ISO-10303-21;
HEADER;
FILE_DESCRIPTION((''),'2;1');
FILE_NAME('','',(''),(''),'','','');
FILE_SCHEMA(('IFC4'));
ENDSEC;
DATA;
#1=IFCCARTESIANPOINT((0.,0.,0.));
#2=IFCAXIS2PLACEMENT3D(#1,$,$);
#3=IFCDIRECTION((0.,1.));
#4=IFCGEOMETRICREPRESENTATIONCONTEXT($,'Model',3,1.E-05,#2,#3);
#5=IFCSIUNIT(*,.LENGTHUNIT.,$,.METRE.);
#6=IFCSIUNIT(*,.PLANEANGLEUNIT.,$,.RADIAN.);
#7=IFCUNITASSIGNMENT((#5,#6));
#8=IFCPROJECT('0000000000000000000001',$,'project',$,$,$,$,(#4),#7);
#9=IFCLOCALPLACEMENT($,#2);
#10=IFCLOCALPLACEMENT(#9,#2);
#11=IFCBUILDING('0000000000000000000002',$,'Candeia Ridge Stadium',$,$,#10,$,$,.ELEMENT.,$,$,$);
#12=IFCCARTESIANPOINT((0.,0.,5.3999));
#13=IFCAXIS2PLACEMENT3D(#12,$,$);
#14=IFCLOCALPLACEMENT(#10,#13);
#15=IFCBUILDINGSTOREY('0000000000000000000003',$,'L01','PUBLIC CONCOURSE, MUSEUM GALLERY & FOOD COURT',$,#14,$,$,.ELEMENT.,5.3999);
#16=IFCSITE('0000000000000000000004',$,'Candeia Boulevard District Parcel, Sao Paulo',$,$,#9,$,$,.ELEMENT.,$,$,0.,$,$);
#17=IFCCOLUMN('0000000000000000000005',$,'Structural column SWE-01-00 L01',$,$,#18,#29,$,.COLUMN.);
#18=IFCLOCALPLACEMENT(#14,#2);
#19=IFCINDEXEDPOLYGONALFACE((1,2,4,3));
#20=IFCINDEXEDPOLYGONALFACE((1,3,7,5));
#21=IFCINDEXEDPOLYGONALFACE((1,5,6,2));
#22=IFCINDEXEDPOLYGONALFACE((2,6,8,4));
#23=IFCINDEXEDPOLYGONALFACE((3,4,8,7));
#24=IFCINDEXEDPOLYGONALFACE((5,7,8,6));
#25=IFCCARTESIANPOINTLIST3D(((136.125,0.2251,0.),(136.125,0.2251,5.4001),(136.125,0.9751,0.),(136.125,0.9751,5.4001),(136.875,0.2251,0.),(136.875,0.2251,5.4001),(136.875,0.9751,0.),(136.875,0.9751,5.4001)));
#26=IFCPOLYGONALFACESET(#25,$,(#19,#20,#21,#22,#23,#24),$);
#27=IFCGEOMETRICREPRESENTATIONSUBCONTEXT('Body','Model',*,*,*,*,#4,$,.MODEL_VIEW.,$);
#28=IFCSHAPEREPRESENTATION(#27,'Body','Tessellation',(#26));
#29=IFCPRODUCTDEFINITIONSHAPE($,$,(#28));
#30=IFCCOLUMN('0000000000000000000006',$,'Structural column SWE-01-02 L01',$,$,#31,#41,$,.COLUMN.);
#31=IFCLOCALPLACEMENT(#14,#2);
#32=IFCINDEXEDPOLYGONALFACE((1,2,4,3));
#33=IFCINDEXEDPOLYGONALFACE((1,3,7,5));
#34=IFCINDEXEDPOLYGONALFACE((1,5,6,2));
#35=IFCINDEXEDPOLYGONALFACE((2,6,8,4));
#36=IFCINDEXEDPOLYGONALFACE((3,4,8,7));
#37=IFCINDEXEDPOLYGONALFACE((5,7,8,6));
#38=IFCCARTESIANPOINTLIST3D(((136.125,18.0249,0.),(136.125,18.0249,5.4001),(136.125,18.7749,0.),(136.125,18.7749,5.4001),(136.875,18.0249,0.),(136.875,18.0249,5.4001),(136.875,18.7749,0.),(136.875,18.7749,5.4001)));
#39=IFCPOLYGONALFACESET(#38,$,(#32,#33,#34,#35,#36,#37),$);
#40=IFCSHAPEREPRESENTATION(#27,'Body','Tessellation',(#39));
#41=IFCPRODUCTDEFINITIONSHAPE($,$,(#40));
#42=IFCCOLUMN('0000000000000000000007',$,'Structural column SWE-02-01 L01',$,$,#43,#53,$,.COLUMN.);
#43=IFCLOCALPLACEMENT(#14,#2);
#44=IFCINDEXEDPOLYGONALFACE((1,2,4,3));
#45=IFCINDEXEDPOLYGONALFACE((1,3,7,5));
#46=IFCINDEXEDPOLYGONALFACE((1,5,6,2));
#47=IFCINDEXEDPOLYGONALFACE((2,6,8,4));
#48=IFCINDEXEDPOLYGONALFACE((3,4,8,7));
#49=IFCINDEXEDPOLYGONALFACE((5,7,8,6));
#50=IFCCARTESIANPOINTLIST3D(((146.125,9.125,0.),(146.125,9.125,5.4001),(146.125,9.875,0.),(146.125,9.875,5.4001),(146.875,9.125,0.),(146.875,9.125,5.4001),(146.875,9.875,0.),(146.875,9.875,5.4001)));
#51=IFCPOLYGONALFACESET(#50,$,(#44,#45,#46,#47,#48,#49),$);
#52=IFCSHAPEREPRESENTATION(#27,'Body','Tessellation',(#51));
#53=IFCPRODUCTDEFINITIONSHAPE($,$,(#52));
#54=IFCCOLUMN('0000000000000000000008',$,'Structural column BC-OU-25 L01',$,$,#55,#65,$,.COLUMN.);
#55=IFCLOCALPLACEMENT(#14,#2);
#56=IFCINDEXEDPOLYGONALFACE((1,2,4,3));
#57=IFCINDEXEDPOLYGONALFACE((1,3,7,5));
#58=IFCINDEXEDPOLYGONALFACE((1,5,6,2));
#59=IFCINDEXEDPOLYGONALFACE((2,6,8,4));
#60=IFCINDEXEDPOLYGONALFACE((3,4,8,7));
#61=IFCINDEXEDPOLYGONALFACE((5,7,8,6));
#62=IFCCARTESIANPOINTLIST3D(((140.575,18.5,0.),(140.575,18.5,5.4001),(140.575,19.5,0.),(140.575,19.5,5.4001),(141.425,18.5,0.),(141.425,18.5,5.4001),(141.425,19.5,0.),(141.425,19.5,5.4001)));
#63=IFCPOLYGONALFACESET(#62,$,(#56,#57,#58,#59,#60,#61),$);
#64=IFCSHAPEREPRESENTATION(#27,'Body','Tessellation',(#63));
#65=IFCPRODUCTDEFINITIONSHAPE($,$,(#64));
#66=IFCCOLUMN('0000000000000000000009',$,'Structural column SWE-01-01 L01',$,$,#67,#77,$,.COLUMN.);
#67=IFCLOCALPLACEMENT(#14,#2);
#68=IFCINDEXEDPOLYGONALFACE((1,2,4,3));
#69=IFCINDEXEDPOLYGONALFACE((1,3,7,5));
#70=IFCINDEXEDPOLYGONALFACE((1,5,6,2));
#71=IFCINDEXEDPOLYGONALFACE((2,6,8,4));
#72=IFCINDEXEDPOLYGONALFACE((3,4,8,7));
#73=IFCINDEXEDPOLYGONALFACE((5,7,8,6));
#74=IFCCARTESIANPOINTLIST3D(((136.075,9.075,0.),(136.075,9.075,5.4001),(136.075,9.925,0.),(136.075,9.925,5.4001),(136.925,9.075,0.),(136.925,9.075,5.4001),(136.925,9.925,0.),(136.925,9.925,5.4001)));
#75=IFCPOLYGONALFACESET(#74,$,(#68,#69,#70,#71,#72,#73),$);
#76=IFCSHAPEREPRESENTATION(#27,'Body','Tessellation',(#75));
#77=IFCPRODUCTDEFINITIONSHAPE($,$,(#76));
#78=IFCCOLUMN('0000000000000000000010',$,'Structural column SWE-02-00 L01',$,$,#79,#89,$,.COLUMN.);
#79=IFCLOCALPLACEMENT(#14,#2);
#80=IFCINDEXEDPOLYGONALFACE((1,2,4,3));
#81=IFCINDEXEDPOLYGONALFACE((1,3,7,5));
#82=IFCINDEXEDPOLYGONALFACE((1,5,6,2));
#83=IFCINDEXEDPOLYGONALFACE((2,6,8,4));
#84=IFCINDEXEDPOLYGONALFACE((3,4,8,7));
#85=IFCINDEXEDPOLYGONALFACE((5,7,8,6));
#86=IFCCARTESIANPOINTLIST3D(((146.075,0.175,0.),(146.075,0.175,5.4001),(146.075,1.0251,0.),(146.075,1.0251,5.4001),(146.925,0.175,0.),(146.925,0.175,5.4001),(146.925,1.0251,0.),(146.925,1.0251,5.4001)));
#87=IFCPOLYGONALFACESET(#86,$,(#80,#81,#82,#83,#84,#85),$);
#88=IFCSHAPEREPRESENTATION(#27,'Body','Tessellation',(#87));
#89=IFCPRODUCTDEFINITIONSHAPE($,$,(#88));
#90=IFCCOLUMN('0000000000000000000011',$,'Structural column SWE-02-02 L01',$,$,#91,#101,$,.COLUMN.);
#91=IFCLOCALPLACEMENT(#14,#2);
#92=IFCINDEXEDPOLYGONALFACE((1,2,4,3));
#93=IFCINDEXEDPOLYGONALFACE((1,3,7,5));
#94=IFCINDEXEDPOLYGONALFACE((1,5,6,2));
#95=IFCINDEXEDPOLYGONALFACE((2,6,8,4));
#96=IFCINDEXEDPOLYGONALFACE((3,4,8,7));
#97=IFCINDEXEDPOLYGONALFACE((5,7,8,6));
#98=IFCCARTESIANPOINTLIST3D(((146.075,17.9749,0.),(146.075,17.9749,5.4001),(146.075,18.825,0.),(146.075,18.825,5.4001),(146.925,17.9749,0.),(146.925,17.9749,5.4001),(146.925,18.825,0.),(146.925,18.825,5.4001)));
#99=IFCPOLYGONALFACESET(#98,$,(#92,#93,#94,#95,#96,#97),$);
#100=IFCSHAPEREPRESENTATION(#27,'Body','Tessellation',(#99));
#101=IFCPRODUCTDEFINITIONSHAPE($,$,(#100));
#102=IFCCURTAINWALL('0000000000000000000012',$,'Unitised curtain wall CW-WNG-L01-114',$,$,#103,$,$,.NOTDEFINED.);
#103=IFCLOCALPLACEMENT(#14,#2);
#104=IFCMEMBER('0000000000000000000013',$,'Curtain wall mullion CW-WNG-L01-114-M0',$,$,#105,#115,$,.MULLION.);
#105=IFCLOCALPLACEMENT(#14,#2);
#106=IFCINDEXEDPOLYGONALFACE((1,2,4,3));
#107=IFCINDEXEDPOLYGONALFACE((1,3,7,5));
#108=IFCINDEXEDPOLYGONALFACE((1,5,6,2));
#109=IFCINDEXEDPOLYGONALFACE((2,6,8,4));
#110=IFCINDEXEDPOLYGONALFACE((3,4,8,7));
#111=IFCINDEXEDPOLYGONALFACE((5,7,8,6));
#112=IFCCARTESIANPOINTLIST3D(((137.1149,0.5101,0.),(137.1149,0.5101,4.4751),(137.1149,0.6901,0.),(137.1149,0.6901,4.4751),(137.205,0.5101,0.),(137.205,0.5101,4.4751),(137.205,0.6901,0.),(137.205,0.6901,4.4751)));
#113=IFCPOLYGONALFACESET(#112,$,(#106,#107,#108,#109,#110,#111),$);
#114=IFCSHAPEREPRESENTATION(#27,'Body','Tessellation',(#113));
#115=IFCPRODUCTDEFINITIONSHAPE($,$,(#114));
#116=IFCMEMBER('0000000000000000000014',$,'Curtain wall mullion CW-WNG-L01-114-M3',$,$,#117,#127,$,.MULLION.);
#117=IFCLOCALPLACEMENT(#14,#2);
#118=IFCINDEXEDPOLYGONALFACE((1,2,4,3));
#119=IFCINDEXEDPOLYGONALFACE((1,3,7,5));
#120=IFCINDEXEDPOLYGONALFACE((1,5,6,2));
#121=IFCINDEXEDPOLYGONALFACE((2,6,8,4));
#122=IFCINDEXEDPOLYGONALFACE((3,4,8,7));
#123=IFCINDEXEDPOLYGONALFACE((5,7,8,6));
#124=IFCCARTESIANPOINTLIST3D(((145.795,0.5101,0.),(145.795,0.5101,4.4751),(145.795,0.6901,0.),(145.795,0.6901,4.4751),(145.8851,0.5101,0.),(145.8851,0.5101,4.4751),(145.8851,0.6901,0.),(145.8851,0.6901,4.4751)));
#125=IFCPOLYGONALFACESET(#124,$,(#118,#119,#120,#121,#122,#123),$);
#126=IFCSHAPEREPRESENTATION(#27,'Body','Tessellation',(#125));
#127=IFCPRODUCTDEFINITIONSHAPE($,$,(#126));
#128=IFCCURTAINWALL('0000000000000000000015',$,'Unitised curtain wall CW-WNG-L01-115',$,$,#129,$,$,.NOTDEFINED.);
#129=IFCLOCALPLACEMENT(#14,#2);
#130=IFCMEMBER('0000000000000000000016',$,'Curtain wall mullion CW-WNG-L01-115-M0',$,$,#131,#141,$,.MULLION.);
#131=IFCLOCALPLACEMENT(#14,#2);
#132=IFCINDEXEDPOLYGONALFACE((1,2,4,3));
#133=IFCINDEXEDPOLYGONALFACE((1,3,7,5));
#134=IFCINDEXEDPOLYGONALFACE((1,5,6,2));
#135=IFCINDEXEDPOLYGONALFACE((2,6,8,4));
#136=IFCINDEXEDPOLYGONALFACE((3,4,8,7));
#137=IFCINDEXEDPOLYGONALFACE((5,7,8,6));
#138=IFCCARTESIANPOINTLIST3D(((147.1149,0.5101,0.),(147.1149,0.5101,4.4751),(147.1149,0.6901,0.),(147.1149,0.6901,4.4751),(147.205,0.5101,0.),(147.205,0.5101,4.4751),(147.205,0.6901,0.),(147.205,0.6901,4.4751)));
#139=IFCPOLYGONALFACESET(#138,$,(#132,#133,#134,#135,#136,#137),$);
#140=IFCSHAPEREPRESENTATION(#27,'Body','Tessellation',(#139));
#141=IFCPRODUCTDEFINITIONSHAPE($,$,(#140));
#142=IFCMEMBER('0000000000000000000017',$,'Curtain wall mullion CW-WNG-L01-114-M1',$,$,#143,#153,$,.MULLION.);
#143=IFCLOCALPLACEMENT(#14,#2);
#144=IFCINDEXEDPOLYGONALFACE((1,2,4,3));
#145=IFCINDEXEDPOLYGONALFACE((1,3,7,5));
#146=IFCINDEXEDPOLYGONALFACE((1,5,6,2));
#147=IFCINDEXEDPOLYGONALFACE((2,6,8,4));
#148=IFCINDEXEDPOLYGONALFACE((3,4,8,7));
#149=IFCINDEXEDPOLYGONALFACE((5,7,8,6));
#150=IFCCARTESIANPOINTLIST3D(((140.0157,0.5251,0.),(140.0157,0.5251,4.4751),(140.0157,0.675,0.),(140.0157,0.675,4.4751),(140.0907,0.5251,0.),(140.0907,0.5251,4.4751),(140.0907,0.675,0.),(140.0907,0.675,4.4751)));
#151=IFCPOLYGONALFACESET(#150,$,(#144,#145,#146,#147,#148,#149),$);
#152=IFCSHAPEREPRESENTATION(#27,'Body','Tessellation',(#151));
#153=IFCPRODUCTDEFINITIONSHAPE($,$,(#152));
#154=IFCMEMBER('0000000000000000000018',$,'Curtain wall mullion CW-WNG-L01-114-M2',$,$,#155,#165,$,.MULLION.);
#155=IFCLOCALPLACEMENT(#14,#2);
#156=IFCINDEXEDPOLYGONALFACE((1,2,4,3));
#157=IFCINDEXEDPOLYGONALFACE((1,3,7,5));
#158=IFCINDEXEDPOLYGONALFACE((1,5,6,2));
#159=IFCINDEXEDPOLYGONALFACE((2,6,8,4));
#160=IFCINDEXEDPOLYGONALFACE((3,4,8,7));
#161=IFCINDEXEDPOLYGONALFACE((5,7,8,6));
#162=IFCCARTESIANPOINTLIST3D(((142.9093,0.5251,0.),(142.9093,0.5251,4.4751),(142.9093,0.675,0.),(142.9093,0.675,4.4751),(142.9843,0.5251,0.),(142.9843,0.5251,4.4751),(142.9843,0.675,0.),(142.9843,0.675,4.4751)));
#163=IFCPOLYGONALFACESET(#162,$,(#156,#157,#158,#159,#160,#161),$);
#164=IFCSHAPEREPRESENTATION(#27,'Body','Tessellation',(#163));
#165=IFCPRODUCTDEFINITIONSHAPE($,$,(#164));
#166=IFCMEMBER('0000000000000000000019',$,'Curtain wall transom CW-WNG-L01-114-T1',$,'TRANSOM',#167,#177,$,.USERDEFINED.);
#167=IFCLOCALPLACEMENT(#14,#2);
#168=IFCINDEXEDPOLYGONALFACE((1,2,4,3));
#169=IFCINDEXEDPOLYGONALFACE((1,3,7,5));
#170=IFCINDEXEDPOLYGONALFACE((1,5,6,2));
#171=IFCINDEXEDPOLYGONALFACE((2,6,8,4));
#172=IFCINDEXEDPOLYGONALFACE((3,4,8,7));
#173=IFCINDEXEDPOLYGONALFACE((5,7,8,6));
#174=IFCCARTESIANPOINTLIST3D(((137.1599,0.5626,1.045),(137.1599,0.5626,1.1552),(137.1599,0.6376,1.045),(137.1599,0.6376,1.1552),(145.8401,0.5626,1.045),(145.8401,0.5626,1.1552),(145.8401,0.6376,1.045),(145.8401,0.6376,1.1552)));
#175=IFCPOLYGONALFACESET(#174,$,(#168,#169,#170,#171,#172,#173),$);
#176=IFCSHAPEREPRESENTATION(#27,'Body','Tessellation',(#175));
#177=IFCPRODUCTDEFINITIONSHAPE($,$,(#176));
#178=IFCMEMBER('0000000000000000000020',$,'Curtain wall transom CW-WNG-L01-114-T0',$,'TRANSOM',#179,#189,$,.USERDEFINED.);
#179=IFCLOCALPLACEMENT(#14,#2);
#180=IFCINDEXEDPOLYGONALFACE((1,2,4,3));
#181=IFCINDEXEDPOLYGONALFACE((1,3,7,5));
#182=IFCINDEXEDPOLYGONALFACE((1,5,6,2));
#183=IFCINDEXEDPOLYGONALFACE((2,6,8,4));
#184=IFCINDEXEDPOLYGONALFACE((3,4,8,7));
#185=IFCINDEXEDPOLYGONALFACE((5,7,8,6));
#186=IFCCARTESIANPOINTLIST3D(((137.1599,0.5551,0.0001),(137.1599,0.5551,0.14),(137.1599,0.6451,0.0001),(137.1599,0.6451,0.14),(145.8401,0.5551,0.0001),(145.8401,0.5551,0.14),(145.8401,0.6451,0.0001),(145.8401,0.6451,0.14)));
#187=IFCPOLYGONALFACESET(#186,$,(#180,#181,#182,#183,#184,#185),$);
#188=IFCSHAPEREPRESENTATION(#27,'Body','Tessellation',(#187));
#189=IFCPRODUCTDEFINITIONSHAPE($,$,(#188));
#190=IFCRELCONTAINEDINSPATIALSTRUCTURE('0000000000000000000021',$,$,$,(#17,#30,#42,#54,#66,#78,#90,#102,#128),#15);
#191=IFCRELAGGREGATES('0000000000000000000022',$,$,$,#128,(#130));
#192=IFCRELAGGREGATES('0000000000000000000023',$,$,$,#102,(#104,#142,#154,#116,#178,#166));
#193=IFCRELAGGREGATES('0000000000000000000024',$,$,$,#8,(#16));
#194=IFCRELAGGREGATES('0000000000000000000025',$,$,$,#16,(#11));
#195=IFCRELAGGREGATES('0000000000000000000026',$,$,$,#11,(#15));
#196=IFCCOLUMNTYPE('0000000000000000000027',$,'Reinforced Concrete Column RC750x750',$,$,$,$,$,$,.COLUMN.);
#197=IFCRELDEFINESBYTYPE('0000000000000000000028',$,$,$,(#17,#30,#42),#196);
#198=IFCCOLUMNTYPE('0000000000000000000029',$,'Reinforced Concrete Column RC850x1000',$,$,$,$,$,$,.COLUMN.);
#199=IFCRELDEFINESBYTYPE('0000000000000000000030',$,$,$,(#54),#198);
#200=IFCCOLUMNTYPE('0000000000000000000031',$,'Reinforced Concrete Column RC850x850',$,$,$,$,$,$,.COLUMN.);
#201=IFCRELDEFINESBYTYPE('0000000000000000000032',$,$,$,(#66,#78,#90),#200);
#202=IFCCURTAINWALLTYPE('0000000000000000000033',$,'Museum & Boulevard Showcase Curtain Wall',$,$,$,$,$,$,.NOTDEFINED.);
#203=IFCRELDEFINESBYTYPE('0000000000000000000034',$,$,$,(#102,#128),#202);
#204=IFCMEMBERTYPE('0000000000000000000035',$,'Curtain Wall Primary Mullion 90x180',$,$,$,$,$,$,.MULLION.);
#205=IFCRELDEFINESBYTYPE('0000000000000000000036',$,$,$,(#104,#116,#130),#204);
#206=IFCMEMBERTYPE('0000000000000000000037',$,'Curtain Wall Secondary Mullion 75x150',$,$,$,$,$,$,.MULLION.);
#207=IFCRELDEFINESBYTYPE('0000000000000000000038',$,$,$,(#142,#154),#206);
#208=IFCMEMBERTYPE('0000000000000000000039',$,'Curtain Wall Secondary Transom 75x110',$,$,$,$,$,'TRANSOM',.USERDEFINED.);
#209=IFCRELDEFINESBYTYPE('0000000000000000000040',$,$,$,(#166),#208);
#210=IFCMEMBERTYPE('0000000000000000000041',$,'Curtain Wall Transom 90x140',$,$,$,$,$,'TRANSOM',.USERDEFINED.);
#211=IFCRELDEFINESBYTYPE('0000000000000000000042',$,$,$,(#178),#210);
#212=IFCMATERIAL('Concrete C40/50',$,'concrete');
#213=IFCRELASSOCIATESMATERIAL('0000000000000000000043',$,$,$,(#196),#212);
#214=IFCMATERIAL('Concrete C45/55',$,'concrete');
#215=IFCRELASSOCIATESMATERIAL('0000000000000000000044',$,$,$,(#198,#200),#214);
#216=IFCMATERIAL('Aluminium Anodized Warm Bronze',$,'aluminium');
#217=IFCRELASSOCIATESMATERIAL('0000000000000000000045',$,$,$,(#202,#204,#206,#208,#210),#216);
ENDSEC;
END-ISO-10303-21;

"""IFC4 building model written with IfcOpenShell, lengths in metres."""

from ifc_helpers import new_model, si_unit, direction, frame, origin, origin_2d, place, context, subcontext, project, spatial, rectangle, extrude, material, material_profile, profile_set, type_object, element, aggregate, save


model = new_model("IFC4")

# Units and contexts
model_context = context("Model", 3, precision=1e-05, world=origin(), true_north=direction((0.0, 1.0)))
body_context = subcontext(model_context, "Body", "Model", "MODEL_VIEW")
ifc_project = project(units=[si_unit("LENGTHUNIT", "METRE"), si_unit("PLANEANGLEUNIT", "RADIAN")], contexts=[model_context])

# Site, building, storey
site_placement = place(None, origin())
site = spatial("IfcSite", under=ifc_project, at=site_placement, Name="Candeia Boulevard District Parcel, Sao Paulo", CompositionType="ELEMENT", RefElevation=0.0)
building_placement = place(site_placement, origin())
building = spatial("IfcBuilding", under=site, at=building_placement, Name="Candeia Ridge Stadium", CompositionType="ELEMENT")
storey_placement = place(building_placement, frame((0.0, 0.0, 5.3999)))
storey = spatial("IfcBuildingStorey", under=building, at=storey_placement, Name="L01", Description="PUBLIC CONCOURSE, MUSEUM GALLERY & FOOD COURT", CompositionType="ELEMENT", Elevation=5.3999)

# Columns
ifc_material_1 = material(Name="Concrete C40/50", Category="concrete")
ifc_material_profile_1 = material_profile(ifc_material_1, rectangle(XDim=0.75, YDim=0.75, at=origin_2d()), Name="RC750x750", Category="concrete")
ifc_profile_set_1 = profile_set([ifc_material_profile_1], Name="Concrete C40/50")
column_type_1 = type_object("IfcColumnType", Name="Reinforced Concrete Column RC750x750", PredefinedType="COLUMN", material=ifc_profile_set_1)
for number, where, z_axis, x_axis, name in (
    (1, (136.5, 0.6001, 0.0), (0.0, 0.0, 1.0), (1.0, 0.0, 0.0), "Structural column SWE-01-00 L01"),
    (2, (136.5, 18.3999, 0.0), (0.0, 0.0, 1.0), (1.0, 0.0, 0.0), "Structural column SWE-01-02 L01"),
    (3, (146.5, 9.5, 0.0), (0.0, 0.0, 1.0), (1.0, 0.0, 0.0), "Structural column SWE-02-01 L01"),
):
    element("IfcColumn", number, at=place(storey_placement, frame(where, z_axis=z_axis, x_axis=x_axis)), inside=storey, type_object=column_type_1, Name=name, PredefinedType="COLUMN", context=body_context, shape_type="SweptSolid", body=[
        extrude(rectangle(XDim=0.75, YDim=0.75, at=origin_2d()), origin(), (0.0, 0.0, 1.0), 5.4001),
    ])
ifc_material_2 = material(Name="Concrete C45/55", Category="concrete")
ifc_material_profile_2 = material_profile(ifc_material_2, rectangle(XDim=0.8501, YDim=1.0, at=origin_2d()), Name="RC850x1000", Category="concrete")
ifc_profile_set_2 = profile_set([ifc_material_profile_2], Name="Concrete C45/55")
column_type_2 = type_object("IfcColumnType", Name="Reinforced Concrete Column RC850x1000", PredefinedType="COLUMN", material=ifc_profile_set_2)
column_placement = place(storey_placement, frame((141.0, 19.0, 0.0), z_axis=(0.0, 0.0, 1.0), x_axis=(1.0, 0.0, 0.0)))
element("IfcColumn", 4, at=column_placement, inside=storey, type_object=column_type_2, Name="Structural column BC-OU-25 L01", PredefinedType="COLUMN", context=body_context, shape_type="SweptSolid", body=[
    extrude(rectangle(XDim=0.8501, YDim=1.0, at=origin_2d()), origin(), (0.0, 0.0, 1.0), 5.4001),
])
ifc_material_profile_3 = material_profile(ifc_material_2, rectangle(XDim=0.8501, YDim=0.8501, at=origin_2d()), Name="RC850x850", Category="concrete")
ifc_profile_set_3 = profile_set([ifc_material_profile_3], Name="Concrete C45/55")
column_type_3 = type_object("IfcColumnType", Name="Reinforced Concrete Column RC850x850", PredefinedType="COLUMN", material=ifc_profile_set_3)
for number, where, z_axis, x_axis, name in (
    (5, (136.5, 9.5, 0.0), (0.0, 0.0, 1.0), (1.0, 0.0, 0.0), "Structural column SWE-01-01 L01"),
    (6, (146.5, 0.6001, 0.0), (0.0, 0.0, 1.0), (1.0, 0.0, 0.0), "Structural column SWE-02-00 L01"),
    (7, (146.5, 18.3999, 0.0), (0.0, 0.0, 1.0), (1.0, 0.0, 0.0), "Structural column SWE-02-02 L01"),
):
    element("IfcColumn", number, at=place(storey_placement, frame(where, z_axis=z_axis, x_axis=x_axis)), inside=storey, type_object=column_type_3, Name=name, PredefinedType="COLUMN", context=body_context, shape_type="SweptSolid", body=[
        extrude(rectangle(XDim=0.8501, YDim=0.8501, at=origin_2d()), origin(), (0.0, 0.0, 1.0), 5.4001),
    ])

# Curtain wall, members
ifc_material_3 = material(Name="Aluminium Anodized Warm Bronze", Category="aluminium")
curtain_wall_type = type_object("IfcCurtainWallType", Name="Museum & Boulevard Showcase Curtain Wall", PredefinedType="NOTDEFINED", material=ifc_material_3)
curtain_wall_1_placement = place(storey_placement, origin())
curtain_wall_1 = element("IfcCurtainWall", 8, at=curtain_wall_1_placement, inside=storey, type_object=curtain_wall_type, Name="Unitised curtain wall CW-WNG-L01-114", PredefinedType="NOTDEFINED")
ifc_material_profile_4 = material_profile(ifc_material_3, rectangle(XDim=0.0901, YDim=0.1799, at=origin_2d()), Name="CWM-90x180", Category="aluminium")
ifc_profile_set_4 = profile_set([ifc_material_profile_4], Name="Aluminium Anodized Warm Bronze")
member_type_1 = type_object("IfcMemberType", Name="Curtain Wall Primary Mullion 90x180", PredefinedType="MULLION", material=ifc_profile_set_4)
member_1_placement = place(storey_placement, frame((137.1599, 0.6001, 0.0), z_axis=(0.0, 0.0, 1.0), x_axis=(1.0, 0.0, 0.0)))
member_1 = element("IfcMember", 9, at=member_1_placement, type_object=member_type_1, Name="Curtain wall mullion CW-WNG-L01-114-M0", PredefinedType="MULLION", context=body_context, shape_type="SweptSolid", body=[
    extrude(rectangle(XDim=0.0901, YDim=0.1799, at=origin_2d()), origin(), (0.0, 0.0, 1.0), 4.4751),
])
member_2_placement = place(storey_placement, frame((145.8401, 0.6001, 0.0), z_axis=(0.0, 0.0, 1.0), x_axis=(1.0, 0.0, 0.0)))
member_2 = element("IfcMember", 10, at=member_2_placement, type_object=member_type_1, Name="Curtain wall mullion CW-WNG-L01-114-M3", PredefinedType="MULLION", context=body_context, shape_type="SweptSolid", body=[
    extrude(rectangle(XDim=0.0901, YDim=0.1799, at=origin_2d()), origin(), (0.0, 0.0, 1.0), 4.4751),
])

# Curtain wall, member
curtain_wall_2_placement = place(storey_placement, origin())
curtain_wall_2 = element("IfcCurtainWall", 11, at=curtain_wall_2_placement, inside=storey, type_object=curtain_wall_type, Name="Unitised curtain wall CW-WNG-L01-115", PredefinedType="NOTDEFINED")
member_3_placement = place(storey_placement, frame((147.1599, 0.6001, 0.0), z_axis=(0.0, 0.0, 1.0), x_axis=(1.0, 0.0, 0.0)))
member_3 = element("IfcMember", 12, at=member_3_placement, type_object=member_type_1, Name="Curtain wall mullion CW-WNG-L01-115-M0", PredefinedType="MULLION", context=body_context, shape_type="SweptSolid", body=[
    extrude(rectangle(XDim=0.0901, YDim=0.1799, at=origin_2d()), origin(), (0.0, 0.0, 1.0), 4.4751),
])
aggregate(curtain_wall_2, [member_3])

# Members
ifc_material_profile_5 = material_profile(ifc_material_3, rectangle(XDim=0.075, YDim=0.1499, at=origin_2d()), Name="CWM-75x150", Category="aluminium")
ifc_profile_set_5 = profile_set([ifc_material_profile_5], Name="Aluminium Anodized Warm Bronze")
member_type_2 = type_object("IfcMemberType", Name="Curtain Wall Secondary Mullion 75x150", PredefinedType="MULLION", material=ifc_profile_set_5)
member_4_placement = place(storey_placement, frame((140.0532, 0.6001, 0.0), z_axis=(0.0, 0.0, 1.0), x_axis=(1.0, 0.0, 0.0)))
member_4 = element("IfcMember", 13, at=member_4_placement, type_object=member_type_2, Name="Curtain wall mullion CW-WNG-L01-114-M1", PredefinedType="MULLION", context=body_context, shape_type="SweptSolid", body=[
    extrude(rectangle(XDim=0.075, YDim=0.1499, at=origin_2d()), origin(), (0.0, 0.0, 1.0), 4.4751),
])
member_5_placement = place(storey_placement, frame((142.9468, 0.6001, 0.0), z_axis=(0.0, 0.0, 1.0), x_axis=(1.0, 0.0, 0.0)))
member_5 = element("IfcMember", 14, at=member_5_placement, type_object=member_type_2, Name="Curtain wall mullion CW-WNG-L01-114-M2", PredefinedType="MULLION", context=body_context, shape_type="SweptSolid", body=[
    extrude(rectangle(XDim=0.075, YDim=0.1499, at=origin_2d()), origin(), (0.0, 0.0, 1.0), 4.4751),
])
ifc_material_profile_6 = material_profile(ifc_material_3, rectangle(XDim=0.075, YDim=0.1101, at=origin_2d()), Name="CWT-75x110", Category="aluminium")
ifc_profile_set_6 = profile_set([ifc_material_profile_6], Name="Aluminium Anodized Warm Bronze")
member_type_3 = type_object("IfcMemberType", Name="Curtain Wall Secondary Transom 75x110", ElementType="TRANSOM", PredefinedType="USERDEFINED", material=ifc_profile_set_6)
member_6_placement = place(storey_placement, frame((137.1599, 0.6001, 1.1001), z_axis=(1.0, 0.0, 0.0), x_axis=(0.0, 1.0, 0.0)))
member_6 = element("IfcMember", 15, at=member_6_placement, type_object=member_type_3, Name="Curtain wall transom CW-WNG-L01-114-T1", ObjectType="TRANSOM", PredefinedType="USERDEFINED", context=body_context, shape_type="SweptSolid", body=[
    extrude(rectangle(XDim=0.075, YDim=0.1101, at=origin_2d()), origin(), (0.0, 0.0, 1.0), 8.6802),
])
ifc_material_profile_7 = material_profile(ifc_material_3, rectangle(XDim=0.0901, YDim=0.1399, at=origin_2d()), Name="CWT-90x140", Category="aluminium")
ifc_profile_set_7 = profile_set([ifc_material_profile_7], Name="Aluminium Anodized Warm Bronze")
member_type_4 = type_object("IfcMemberType", Name="Curtain Wall Transom 90x140", ElementType="TRANSOM", PredefinedType="USERDEFINED", material=ifc_profile_set_7)
member_7_placement = place(storey_placement, frame((137.1599, 0.6001, 0.0701), z_axis=(1.0, 0.0, 0.0), x_axis=(0.0, 1.0, 0.0)))
member_7 = element("IfcMember", 16, at=member_7_placement, type_object=member_type_4, Name="Curtain wall transom CW-WNG-L01-114-T0", ObjectType="TRANSOM", PredefinedType="USERDEFINED", context=body_context, shape_type="SweptSolid", body=[
    extrude(rectangle(XDim=0.0901, YDim=0.1399, at=origin_2d()), origin(), (0.0, 0.0, 1.0), 8.6802),
])

aggregate(curtain_wall_1, [member_1, member_4, member_5, member_2, member_7, member_6])

save(model, "model.ifc")
